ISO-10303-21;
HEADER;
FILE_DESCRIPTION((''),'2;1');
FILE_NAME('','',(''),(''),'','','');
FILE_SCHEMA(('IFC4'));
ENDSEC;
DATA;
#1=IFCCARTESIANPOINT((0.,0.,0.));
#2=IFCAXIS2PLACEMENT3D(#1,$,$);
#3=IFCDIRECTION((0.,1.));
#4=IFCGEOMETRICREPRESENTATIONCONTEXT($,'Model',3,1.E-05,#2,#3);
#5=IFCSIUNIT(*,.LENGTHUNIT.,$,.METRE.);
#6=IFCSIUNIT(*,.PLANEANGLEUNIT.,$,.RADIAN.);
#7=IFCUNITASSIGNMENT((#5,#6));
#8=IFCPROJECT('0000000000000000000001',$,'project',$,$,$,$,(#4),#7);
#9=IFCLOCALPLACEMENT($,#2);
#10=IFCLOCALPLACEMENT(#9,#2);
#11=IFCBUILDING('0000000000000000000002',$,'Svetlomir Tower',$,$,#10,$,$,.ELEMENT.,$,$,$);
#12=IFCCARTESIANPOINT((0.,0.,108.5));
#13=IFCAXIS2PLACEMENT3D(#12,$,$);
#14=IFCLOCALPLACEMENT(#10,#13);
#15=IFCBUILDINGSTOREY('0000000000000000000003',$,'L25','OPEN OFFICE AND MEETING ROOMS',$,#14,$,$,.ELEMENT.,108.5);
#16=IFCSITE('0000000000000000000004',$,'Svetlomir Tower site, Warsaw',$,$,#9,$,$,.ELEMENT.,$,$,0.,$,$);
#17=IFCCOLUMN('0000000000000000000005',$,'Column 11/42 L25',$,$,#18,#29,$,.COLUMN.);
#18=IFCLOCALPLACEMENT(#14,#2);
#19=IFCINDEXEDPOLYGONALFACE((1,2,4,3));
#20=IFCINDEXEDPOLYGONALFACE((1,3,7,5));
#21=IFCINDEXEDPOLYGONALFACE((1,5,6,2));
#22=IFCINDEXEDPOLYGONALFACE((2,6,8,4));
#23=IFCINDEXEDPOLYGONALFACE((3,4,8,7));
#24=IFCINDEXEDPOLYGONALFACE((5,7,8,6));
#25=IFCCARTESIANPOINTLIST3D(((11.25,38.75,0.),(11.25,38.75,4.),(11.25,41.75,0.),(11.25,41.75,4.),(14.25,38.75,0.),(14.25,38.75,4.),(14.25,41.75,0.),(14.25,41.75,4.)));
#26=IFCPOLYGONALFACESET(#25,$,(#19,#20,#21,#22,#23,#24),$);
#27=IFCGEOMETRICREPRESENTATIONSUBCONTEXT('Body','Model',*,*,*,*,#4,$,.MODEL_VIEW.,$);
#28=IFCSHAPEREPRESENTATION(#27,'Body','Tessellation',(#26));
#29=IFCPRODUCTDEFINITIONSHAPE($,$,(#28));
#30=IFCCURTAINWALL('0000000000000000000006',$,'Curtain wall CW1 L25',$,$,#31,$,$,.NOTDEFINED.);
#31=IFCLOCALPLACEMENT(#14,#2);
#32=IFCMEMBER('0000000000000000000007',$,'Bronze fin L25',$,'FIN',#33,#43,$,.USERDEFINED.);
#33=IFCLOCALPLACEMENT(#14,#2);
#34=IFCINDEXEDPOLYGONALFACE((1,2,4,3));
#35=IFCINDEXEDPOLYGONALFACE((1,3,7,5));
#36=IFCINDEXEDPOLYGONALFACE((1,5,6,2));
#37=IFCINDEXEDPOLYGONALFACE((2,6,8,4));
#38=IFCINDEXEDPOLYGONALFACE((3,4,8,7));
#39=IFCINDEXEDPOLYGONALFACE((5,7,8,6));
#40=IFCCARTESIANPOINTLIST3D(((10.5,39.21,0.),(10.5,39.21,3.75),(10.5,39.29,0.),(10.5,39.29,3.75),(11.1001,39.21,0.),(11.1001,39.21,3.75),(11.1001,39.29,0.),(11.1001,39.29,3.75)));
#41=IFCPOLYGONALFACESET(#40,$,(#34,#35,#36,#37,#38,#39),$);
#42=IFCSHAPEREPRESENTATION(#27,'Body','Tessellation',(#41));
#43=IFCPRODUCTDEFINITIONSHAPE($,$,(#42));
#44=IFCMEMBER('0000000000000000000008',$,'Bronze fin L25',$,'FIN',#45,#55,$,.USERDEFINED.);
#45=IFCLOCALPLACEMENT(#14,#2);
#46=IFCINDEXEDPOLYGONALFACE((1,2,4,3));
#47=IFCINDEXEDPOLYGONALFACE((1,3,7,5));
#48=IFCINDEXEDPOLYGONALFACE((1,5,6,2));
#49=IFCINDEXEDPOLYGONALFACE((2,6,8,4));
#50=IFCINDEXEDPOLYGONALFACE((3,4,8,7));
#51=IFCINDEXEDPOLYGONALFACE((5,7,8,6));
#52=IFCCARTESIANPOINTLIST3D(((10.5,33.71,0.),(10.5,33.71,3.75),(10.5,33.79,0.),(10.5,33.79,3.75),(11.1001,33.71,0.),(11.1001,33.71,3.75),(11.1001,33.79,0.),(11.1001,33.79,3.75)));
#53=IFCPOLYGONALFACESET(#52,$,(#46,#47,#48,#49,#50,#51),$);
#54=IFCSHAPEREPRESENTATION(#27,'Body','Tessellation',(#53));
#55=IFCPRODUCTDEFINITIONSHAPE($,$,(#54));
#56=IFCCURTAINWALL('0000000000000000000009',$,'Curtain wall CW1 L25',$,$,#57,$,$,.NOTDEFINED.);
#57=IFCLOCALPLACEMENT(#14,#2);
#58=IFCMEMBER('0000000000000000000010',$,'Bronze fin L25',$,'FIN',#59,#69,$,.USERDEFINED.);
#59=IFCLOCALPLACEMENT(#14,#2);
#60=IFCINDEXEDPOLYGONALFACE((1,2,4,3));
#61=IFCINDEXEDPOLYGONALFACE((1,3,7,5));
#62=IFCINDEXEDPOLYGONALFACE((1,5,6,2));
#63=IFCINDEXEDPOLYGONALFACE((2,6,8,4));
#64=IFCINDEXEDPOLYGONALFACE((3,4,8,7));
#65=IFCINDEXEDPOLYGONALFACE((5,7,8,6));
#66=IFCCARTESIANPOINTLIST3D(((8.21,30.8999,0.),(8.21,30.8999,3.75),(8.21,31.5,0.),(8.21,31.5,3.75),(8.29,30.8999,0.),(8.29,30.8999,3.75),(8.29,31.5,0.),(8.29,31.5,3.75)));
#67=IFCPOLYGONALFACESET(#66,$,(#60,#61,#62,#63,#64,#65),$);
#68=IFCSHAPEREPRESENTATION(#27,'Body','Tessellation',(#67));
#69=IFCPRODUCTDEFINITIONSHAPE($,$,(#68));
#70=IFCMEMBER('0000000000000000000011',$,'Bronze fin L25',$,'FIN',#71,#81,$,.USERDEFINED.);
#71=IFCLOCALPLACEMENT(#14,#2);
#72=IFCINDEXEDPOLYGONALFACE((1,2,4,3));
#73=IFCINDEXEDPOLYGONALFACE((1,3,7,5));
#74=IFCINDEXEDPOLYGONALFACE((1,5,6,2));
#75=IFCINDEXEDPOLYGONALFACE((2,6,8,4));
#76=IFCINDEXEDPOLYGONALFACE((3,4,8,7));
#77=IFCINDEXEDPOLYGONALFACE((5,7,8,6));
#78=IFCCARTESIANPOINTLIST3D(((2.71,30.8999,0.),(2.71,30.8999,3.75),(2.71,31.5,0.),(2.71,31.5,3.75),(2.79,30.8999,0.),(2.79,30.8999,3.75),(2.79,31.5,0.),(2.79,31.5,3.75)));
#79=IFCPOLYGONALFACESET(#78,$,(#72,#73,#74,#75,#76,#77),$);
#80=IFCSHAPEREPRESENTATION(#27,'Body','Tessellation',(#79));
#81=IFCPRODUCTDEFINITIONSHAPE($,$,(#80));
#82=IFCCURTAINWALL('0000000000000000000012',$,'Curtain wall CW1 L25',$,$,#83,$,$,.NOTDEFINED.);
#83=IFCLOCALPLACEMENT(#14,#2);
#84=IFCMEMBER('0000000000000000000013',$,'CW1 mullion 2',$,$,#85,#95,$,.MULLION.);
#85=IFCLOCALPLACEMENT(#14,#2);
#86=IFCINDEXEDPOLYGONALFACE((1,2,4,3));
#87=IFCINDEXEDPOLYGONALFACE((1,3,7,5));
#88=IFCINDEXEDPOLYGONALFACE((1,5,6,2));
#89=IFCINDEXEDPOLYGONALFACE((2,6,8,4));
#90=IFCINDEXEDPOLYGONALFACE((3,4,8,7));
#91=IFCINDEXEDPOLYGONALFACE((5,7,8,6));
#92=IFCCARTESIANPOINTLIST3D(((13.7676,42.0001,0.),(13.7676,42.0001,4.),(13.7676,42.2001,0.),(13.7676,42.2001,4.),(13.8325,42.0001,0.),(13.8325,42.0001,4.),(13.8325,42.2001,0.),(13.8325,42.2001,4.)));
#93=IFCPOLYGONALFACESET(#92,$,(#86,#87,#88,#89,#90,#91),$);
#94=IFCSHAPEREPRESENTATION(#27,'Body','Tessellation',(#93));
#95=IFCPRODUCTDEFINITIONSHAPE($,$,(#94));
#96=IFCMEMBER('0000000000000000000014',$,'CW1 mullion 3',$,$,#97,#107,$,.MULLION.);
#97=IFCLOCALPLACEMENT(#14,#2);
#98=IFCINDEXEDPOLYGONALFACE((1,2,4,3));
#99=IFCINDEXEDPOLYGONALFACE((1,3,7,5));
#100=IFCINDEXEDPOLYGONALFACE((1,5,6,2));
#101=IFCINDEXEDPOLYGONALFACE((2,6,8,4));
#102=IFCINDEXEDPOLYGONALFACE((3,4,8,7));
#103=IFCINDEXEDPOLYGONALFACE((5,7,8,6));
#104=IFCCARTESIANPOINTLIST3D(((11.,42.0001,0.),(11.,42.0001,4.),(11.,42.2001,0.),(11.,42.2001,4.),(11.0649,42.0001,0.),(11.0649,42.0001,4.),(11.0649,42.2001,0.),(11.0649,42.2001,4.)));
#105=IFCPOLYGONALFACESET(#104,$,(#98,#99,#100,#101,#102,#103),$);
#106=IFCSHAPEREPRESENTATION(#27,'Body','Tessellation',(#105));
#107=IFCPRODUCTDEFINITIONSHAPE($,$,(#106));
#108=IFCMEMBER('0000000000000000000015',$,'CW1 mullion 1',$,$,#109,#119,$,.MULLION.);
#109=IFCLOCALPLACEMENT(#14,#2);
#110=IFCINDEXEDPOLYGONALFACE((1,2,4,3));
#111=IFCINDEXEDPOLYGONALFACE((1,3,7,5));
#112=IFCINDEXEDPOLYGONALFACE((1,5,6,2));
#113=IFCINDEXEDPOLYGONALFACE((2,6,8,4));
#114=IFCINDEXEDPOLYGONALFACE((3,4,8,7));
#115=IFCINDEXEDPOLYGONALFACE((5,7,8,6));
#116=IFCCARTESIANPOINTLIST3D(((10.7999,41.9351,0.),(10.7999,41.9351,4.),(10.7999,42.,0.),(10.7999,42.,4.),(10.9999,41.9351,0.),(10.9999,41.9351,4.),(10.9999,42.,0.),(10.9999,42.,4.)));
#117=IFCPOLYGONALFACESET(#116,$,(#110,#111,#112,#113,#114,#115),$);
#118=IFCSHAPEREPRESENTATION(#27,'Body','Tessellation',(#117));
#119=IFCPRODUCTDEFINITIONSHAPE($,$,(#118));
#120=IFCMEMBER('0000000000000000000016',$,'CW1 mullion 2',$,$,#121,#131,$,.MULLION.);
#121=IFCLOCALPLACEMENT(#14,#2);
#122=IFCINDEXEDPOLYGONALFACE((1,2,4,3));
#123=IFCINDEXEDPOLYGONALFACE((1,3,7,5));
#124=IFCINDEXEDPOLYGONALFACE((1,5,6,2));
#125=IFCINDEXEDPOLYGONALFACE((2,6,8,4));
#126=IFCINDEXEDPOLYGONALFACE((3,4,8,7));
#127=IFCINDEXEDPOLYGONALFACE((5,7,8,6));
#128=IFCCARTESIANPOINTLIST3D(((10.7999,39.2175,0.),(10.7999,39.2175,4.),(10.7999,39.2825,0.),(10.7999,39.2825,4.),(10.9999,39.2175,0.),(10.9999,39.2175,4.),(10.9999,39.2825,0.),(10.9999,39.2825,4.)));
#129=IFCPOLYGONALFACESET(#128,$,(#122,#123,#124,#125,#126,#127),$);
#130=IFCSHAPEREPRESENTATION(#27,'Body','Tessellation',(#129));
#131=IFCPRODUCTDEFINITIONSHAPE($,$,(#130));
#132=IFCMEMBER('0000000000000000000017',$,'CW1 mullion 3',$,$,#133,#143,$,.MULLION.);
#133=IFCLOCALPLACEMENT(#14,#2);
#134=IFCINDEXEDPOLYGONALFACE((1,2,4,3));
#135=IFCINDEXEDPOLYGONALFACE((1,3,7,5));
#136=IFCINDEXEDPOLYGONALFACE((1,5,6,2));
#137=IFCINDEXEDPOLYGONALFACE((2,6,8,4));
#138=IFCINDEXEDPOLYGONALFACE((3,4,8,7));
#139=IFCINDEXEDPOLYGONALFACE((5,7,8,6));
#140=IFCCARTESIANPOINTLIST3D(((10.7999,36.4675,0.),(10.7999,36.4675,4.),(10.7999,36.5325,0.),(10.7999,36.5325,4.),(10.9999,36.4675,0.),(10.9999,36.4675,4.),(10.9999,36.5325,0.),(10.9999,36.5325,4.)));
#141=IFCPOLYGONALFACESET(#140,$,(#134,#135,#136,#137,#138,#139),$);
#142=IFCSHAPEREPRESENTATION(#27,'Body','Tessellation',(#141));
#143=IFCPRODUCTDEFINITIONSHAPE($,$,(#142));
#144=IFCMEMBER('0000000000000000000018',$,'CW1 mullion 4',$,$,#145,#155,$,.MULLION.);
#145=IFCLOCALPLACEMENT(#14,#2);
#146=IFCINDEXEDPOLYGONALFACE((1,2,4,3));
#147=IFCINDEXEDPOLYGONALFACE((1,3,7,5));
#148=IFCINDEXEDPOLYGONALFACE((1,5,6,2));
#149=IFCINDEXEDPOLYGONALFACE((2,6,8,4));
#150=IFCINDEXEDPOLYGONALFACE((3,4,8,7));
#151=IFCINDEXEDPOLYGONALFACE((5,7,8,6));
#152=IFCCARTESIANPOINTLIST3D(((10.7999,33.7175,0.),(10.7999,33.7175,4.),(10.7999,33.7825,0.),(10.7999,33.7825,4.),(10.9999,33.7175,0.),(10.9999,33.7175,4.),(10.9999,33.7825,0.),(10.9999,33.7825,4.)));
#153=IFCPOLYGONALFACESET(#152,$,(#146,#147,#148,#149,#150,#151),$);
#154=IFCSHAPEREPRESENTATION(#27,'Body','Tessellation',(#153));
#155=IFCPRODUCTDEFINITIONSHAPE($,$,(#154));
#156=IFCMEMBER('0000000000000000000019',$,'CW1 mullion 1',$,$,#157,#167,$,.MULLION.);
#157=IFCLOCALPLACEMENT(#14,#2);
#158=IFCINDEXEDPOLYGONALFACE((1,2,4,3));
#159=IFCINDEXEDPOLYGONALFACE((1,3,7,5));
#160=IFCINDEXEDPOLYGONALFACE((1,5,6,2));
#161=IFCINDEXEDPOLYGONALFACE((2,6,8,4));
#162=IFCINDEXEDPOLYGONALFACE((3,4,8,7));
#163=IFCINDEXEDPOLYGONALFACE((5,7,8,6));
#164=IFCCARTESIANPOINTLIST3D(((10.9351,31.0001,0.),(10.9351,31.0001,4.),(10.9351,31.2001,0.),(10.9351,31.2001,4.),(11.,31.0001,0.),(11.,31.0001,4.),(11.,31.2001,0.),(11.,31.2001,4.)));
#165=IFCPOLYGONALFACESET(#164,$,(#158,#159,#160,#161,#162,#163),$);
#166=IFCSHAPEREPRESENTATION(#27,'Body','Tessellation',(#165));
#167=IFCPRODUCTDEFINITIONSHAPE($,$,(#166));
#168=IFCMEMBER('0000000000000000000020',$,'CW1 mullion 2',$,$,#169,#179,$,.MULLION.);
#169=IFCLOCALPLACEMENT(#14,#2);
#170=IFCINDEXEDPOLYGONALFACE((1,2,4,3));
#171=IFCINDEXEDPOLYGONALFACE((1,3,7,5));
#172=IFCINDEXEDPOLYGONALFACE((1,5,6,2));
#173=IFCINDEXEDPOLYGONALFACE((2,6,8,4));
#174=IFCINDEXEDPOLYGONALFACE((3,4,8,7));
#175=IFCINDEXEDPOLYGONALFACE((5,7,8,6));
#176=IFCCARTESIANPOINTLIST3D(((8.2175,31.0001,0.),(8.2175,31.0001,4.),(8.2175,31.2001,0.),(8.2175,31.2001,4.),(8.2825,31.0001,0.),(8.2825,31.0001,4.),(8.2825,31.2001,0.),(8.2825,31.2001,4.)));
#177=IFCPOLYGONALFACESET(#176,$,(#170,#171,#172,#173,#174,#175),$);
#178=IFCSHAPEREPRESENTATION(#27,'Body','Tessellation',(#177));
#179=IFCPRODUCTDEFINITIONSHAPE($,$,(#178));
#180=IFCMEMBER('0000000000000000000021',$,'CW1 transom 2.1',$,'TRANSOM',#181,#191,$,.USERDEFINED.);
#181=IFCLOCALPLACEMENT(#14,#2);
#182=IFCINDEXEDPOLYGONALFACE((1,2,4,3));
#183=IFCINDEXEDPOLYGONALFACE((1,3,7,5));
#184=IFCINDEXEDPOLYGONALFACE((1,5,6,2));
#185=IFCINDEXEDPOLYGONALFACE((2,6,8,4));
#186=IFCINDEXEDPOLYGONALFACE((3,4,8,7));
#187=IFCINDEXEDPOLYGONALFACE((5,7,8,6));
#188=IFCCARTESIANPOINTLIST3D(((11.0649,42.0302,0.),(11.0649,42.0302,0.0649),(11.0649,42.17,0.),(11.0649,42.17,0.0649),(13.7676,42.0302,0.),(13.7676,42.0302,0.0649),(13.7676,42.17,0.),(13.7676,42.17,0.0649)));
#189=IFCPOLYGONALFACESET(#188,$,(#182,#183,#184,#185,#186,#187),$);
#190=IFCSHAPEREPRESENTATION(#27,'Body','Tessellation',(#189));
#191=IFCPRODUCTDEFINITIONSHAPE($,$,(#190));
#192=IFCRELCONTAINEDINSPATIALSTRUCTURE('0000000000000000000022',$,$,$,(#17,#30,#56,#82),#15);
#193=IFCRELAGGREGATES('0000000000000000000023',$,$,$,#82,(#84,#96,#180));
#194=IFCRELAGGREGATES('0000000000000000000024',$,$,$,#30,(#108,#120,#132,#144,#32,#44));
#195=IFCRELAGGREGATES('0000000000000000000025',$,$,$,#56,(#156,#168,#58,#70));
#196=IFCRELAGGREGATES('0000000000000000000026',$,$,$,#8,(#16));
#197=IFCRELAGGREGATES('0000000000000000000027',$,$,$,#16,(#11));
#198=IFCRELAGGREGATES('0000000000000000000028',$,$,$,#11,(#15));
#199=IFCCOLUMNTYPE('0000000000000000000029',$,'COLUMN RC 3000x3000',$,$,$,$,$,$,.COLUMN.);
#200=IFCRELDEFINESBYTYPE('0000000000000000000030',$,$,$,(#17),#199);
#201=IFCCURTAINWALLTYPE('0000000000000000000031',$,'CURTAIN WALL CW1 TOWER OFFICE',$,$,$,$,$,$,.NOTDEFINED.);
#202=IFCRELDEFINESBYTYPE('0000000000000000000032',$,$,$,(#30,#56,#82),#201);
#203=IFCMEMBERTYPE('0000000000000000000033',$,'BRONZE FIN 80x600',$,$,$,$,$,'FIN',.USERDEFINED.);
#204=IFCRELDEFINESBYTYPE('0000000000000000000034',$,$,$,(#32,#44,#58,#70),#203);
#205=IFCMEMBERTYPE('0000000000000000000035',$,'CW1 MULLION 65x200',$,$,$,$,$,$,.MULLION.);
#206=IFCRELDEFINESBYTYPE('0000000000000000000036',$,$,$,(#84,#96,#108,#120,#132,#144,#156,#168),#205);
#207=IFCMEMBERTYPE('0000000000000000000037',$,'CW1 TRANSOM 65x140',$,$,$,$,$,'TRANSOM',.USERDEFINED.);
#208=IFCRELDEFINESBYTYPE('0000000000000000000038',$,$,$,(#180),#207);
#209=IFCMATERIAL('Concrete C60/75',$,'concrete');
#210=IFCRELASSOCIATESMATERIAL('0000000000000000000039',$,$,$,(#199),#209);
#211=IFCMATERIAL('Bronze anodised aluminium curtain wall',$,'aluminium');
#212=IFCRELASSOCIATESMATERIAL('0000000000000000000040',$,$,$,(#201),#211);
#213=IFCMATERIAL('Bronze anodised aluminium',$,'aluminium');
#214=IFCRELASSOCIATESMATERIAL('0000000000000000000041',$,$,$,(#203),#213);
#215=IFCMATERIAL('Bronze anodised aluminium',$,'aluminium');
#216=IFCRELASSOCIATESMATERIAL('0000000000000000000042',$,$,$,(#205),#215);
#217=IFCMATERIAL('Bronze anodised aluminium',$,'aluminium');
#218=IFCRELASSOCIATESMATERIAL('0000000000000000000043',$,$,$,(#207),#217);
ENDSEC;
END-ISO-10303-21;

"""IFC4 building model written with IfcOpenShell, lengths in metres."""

from ifc_helpers import new_model, si_unit, direction, frame, origin, origin_2d, place, context, subcontext, project, spatial, rectangle, extrude, material, material_profile, profile_set, type_object, element, aggregate, save


model = new_model("IFC4")

# Units and contexts
model_context = context("Model", 3, precision=1e-05, world=origin(), true_north=direction((0.0, 1.0)))
body_context = subcontext(model_context, "Body", "Model", "MODEL_VIEW")
ifc_project = project(units=[si_unit("LENGTHUNIT", "METRE"), si_unit("PLANEANGLEUNIT", "RADIAN")], contexts=[model_context])

# Site, building, storey
site_placement = place(None, origin())
site = spatial("IfcSite", under=ifc_project, at=site_placement, Name="Svetlomir Tower site, Warsaw", CompositionType="ELEMENT", RefElevation=0.0)
building_placement = place(site_placement, origin())
building = spatial("IfcBuilding", under=site, at=building_placement, Name="Svetlomir Tower", CompositionType="ELEMENT")
storey_placement = place(building_placement, frame((0.0, 0.0, 108.5)))
storey = spatial("IfcBuildingStorey", under=building, at=storey_placement, Name="L25", Description="OPEN OFFICE AND MEETING ROOMS", CompositionType="ELEMENT", Elevation=108.5)

# Column
ifc_material_1 = material(Name="Concrete C60/75", Category="concrete")
ifc_material_profile_1 = material_profile(ifc_material_1, rectangle(XDim=3.0, YDim=3.0, at=origin_2d()), Name="RC 3000x3000")
ifc_profile_set_1 = profile_set([ifc_material_profile_1], Name="Concrete C60/75")
column_type = type_object("IfcColumnType", Name="COLUMN RC 3000x3000", PredefinedType="COLUMN", material=ifc_profile_set_1)
column_placement = place(storey_placement, frame((12.75, 40.25, 0.0), z_axis=(0.0, 0.0, 1.0), x_axis=(1.0, 0.0, 0.0)))
element("IfcColumn", 1, at=column_placement, inside=storey, type_object=column_type, Name="Column 11/42 L25", PredefinedType="COLUMN", context=body_context, shape_type="SweptSolid", body=[
    extrude(rectangle(XDim=3.0, YDim=3.0, at=origin_2d()), origin(), (0.0, 0.0, 1.0), 4.0),
])

# Curtain walls, members
ifc_material_2 = material(Name="Bronze anodised aluminium curtain wall", Category="aluminium")
curtain_wall_type = type_object("IfcCurtainWallType", Name="CURTAIN WALL CW1 TOWER OFFICE", PredefinedType="NOTDEFINED", material=ifc_material_2)
curtain_wall_1_placement = place(storey_placement, origin())
curtain_wall_1 = element("IfcCurtainWall", 2, at=curtain_wall_1_placement, inside=storey, type_object=curtain_wall_type, Name="Curtain wall CW1 L25", PredefinedType="NOTDEFINED")
ifc_material_3 = material(Name="Bronze anodised aluminium", Category="aluminium")
ifc_material_profile_2 = material_profile(ifc_material_3, rectangle(XDim=0.0801, YDim=0.6001, at=origin_2d()), Name="FIN 80x600")
ifc_profile_set_2 = profile_set([ifc_material_profile_2], Name="Bronze anodised aluminium 6063-T6")
member_type_1 = type_object("IfcMemberType", Name="BRONZE FIN 80x600", ElementType="FIN", PredefinedType="USERDEFINED", material=ifc_profile_set_2)
member_1_placement = place(storey_placement, frame((10.8, 39.25, 0.0), z_axis=(0.0, 0.0, 1.0), x_axis=(0.0, 1.0, 0.0)))
member_1 = element("IfcMember", 3, at=member_1_placement, type_object=member_type_1, Name="Bronze fin L25", ObjectType="FIN", PredefinedType="USERDEFINED", context=body_context, shape_type="SweptSolid", body=[
    extrude(rectangle(XDim=0.0801, YDim=0.6001, at=origin_2d()), origin(), (0.0, 0.0, 1.0), 3.75),
])
member_2_placement = place(storey_placement, frame((10.8, 33.75, 0.0), z_axis=(0.0, 0.0, 1.0), x_axis=(0.0, 1.0, 0.0)))
member_2 = element("IfcMember", 4, at=member_2_placement, type_object=member_type_1, Name="Bronze fin L25", ObjectType="FIN", PredefinedType="USERDEFINED", context=body_context, shape_type="SweptSolid", body=[
    extrude(rectangle(XDim=0.0801, YDim=0.6001, at=origin_2d()), origin(), (0.0, 0.0, 1.0), 3.75),
])
curtain_wall_2_placement = place(storey_placement, origin())
curtain_wall_2 = element("IfcCurtainWall", 5, at=curtain_wall_2_placement, inside=storey, type_object=curtain_wall_type, Name="Curtain wall CW1 L25", PredefinedType="NOTDEFINED")
member_3_placement = place(storey_placement, frame((8.25, 31.2, 0.0), z_axis=(0.0, 0.0, 1.0), x_axis=(1.0, 0.0, 0.0)))
member_3 = element("IfcMember", 6, at=member_3_placement, type_object=member_type_1, Name="Bronze fin L25", ObjectType="FIN", PredefinedType="USERDEFINED", context=body_context, shape_type="SweptSolid", body=[
    extrude(rectangle(XDim=0.0801, YDim=0.6001, at=origin_2d()), origin(), (0.0, 0.0, 1.0), 3.75),
])
member_4_placement = place(storey_placement, frame((2.75, 31.2, 0.0), z_axis=(0.0, 0.0, 1.0), x_axis=(1.0, 0.0, 0.0)))
member_4 = element("IfcMember", 7, at=member_4_placement, type_object=member_type_1, Name="Bronze fin L25", ObjectType="FIN", PredefinedType="USERDEFINED", context=body_context, shape_type="SweptSolid", body=[
    extrude(rectangle(XDim=0.0801, YDim=0.6001, at=origin_2d()), origin(), (0.0, 0.0, 1.0), 3.75),
])
curtain_wall_3_placement = place(storey_placement, origin())
curtain_wall_3 = element("IfcCurtainWall", 8, at=curtain_wall_3_placement, inside=storey, type_object=curtain_wall_type, Name="Curtain wall CW1 L25", PredefinedType="NOTDEFINED")
ifc_material_4 = material(Name="Bronze anodised aluminium", Category="aluminium")
ifc_material_profile_3 = material_profile(ifc_material_4, rectangle(XDim=0.0649, YDim=0.2, at=origin_2d()), Name="AL 65x200")
ifc_profile_set_3 = profile_set([ifc_material_profile_3], Name="Bronze anodised aluminium 6063-T6")
member_type_2 = type_object("IfcMemberType", Name="CW1 MULLION 65x200", PredefinedType="MULLION", material=ifc_profile_set_3)
member_5_placement = place(storey_placement, frame((13.8, 42.1001, 0.0), z_axis=(0.0, 0.0, 1.0), x_axis=(-1.0, 0.0, 0.0)))
member_5 = element("IfcMember", 9, at=member_5_placement, type_object=member_type_2, Name="CW1 mullion 2", PredefinedType="MULLION", context=body_context, shape_type="SweptSolid", body=[
    extrude(rectangle(XDim=0.0649, YDim=0.2, at=origin_2d()), origin(), (0.0, 0.0, 1.0), 4.0),
])
member_6_placement = place(storey_placement, frame((11.0325, 42.1001, 0.0), z_axis=(0.0, 0.0, 1.0), x_axis=(-1.0, 0.0, 0.0)))
member_6 = element("IfcMember", 10, at=member_6_placement, type_object=member_type_2, Name="CW1 mullion 3", PredefinedType="MULLION", context=body_context, shape_type="SweptSolid", body=[
    extrude(rectangle(XDim=0.0649, YDim=0.2, at=origin_2d()), origin(), (0.0, 0.0, 1.0), 4.0),
])

# Members
member_7_placement = place(storey_placement, frame((10.8999, 41.9675, 0.0), z_axis=(0.0, 0.0, 1.0), x_axis=(0.0, -1.0, 0.0)))
member_7 = element("IfcMember", 11, at=member_7_placement, type_object=member_type_2, Name="CW1 mullion 1", PredefinedType="MULLION", context=body_context, shape_type="SweptSolid", body=[
    extrude(rectangle(XDim=0.0649, YDim=0.2, at=origin_2d()), origin(), (0.0, 0.0, 1.0), 4.0),
])
member_8_placement = place(storey_placement, frame((10.8999, 39.25, 0.0), z_axis=(0.0, 0.0, 1.0), x_axis=(0.0, -1.0, 0.0)))
member_8 = element("IfcMember", 12, at=member_8_placement, type_object=member_type_2, Name="CW1 mullion 2", PredefinedType="MULLION", context=body_context, shape_type="SweptSolid", body=[
    extrude(rectangle(XDim=0.0649, YDim=0.2, at=origin_2d()), origin(), (0.0, 0.0, 1.0), 4.0),
])
member_9_placement = place(storey_placement, frame((10.8999, 36.5, 0.0), z_axis=(0.0, 0.0, 1.0), x_axis=(0.0, -1.0, 0.0)))
member_9 = element("IfcMember", 13, at=member_9_placement, type_object=member_type_2, Name="CW1 mullion 3", PredefinedType="MULLION", context=body_context, shape_type="SweptSolid", body=[
    extrude(rectangle(XDim=0.0649, YDim=0.2, at=origin_2d()), origin(), (0.0, 0.0, 1.0), 4.0),
])
member_10_placement = place(storey_placement, frame((10.8999, 33.75, 0.0), z_axis=(0.0, 0.0, 1.0), x_axis=(0.0, -1.0, 0.0)))
member_10 = element("IfcMember", 14, at=member_10_placement, type_object=member_type_2, Name="CW1 mullion 4", PredefinedType="MULLION", context=body_context, shape_type="SweptSolid", body=[
    extrude(rectangle(XDim=0.0649, YDim=0.2, at=origin_2d()), origin(), (0.0, 0.0, 1.0), 4.0),
])
member_11_placement = place(storey_placement, frame((10.9675, 31.1001, 0.0), z_axis=(0.0, 0.0, 1.0), x_axis=(-1.0, 0.0, 0.0)))
member_11 = element("IfcMember", 15, at=member_11_placement, type_object=member_type_2, Name="CW1 mullion 1", PredefinedType="MULLION", context=body_context, shape_type="SweptSolid", body=[
    extrude(rectangle(XDim=0.0649, YDim=0.2, at=origin_2d()), origin(), (0.0, 0.0, 1.0), 4.0),
])
member_12_placement = place(storey_placement, frame((8.25, 31.1001, 0.0), z_axis=(0.0, 0.0, 1.0), x_axis=(-1.0, 0.0, 0.0)))
member_12 = element("IfcMember", 16, at=member_12_placement, type_object=member_type_2, Name="CW1 mullion 2", PredefinedType="MULLION", context=body_context, shape_type="SweptSolid", body=[
    extrude(rectangle(XDim=0.0649, YDim=0.2, at=origin_2d()), origin(), (0.0, 0.0, 1.0), 4.0),
])
ifc_material_5 = material(Name="Bronze anodised aluminium", Category="aluminium")
ifc_material_profile_4 = material_profile(ifc_material_5, rectangle(XDim=0.1399, YDim=0.0649, at=origin_2d()), Name="AL 140x65")
ifc_profile_set_4 = profile_set([ifc_material_profile_4], Name="Bronze anodised aluminium 6063-T6")
member_type_3 = type_object("IfcMemberType", Name="CW1 TRANSOM 65x140", ElementType="TRANSOM", PredefinedType="USERDEFINED", material=ifc_profile_set_4)
member_13_placement = place(storey_placement, frame((13.7676, 42.1001, 0.0325), z_axis=(-1.0, 0.0, 0.0), x_axis=(0.0, -1.0, 0.0)))
member_13 = element("IfcMember", 17, at=member_13_placement, type_object=member_type_3, Name="CW1 transom 2.1", ObjectType="TRANSOM", PredefinedType="USERDEFINED", context=body_context, shape_type="SweptSolid", body=[
    extrude(rectangle(XDim=0.1399, YDim=0.0649, at=origin_2d()), origin(), (0.0, 0.0, 1.0), 2.7026),
])

aggregate(curtain_wall_3, [member_5, member_6, member_13])
aggregate(curtain_wall_1, [member_7, member_8, member_9, member_10, member_1, member_2])
aggregate(curtain_wall_2, [member_11, member_12, member_3, member_4])

save(model, "model.ifc")
